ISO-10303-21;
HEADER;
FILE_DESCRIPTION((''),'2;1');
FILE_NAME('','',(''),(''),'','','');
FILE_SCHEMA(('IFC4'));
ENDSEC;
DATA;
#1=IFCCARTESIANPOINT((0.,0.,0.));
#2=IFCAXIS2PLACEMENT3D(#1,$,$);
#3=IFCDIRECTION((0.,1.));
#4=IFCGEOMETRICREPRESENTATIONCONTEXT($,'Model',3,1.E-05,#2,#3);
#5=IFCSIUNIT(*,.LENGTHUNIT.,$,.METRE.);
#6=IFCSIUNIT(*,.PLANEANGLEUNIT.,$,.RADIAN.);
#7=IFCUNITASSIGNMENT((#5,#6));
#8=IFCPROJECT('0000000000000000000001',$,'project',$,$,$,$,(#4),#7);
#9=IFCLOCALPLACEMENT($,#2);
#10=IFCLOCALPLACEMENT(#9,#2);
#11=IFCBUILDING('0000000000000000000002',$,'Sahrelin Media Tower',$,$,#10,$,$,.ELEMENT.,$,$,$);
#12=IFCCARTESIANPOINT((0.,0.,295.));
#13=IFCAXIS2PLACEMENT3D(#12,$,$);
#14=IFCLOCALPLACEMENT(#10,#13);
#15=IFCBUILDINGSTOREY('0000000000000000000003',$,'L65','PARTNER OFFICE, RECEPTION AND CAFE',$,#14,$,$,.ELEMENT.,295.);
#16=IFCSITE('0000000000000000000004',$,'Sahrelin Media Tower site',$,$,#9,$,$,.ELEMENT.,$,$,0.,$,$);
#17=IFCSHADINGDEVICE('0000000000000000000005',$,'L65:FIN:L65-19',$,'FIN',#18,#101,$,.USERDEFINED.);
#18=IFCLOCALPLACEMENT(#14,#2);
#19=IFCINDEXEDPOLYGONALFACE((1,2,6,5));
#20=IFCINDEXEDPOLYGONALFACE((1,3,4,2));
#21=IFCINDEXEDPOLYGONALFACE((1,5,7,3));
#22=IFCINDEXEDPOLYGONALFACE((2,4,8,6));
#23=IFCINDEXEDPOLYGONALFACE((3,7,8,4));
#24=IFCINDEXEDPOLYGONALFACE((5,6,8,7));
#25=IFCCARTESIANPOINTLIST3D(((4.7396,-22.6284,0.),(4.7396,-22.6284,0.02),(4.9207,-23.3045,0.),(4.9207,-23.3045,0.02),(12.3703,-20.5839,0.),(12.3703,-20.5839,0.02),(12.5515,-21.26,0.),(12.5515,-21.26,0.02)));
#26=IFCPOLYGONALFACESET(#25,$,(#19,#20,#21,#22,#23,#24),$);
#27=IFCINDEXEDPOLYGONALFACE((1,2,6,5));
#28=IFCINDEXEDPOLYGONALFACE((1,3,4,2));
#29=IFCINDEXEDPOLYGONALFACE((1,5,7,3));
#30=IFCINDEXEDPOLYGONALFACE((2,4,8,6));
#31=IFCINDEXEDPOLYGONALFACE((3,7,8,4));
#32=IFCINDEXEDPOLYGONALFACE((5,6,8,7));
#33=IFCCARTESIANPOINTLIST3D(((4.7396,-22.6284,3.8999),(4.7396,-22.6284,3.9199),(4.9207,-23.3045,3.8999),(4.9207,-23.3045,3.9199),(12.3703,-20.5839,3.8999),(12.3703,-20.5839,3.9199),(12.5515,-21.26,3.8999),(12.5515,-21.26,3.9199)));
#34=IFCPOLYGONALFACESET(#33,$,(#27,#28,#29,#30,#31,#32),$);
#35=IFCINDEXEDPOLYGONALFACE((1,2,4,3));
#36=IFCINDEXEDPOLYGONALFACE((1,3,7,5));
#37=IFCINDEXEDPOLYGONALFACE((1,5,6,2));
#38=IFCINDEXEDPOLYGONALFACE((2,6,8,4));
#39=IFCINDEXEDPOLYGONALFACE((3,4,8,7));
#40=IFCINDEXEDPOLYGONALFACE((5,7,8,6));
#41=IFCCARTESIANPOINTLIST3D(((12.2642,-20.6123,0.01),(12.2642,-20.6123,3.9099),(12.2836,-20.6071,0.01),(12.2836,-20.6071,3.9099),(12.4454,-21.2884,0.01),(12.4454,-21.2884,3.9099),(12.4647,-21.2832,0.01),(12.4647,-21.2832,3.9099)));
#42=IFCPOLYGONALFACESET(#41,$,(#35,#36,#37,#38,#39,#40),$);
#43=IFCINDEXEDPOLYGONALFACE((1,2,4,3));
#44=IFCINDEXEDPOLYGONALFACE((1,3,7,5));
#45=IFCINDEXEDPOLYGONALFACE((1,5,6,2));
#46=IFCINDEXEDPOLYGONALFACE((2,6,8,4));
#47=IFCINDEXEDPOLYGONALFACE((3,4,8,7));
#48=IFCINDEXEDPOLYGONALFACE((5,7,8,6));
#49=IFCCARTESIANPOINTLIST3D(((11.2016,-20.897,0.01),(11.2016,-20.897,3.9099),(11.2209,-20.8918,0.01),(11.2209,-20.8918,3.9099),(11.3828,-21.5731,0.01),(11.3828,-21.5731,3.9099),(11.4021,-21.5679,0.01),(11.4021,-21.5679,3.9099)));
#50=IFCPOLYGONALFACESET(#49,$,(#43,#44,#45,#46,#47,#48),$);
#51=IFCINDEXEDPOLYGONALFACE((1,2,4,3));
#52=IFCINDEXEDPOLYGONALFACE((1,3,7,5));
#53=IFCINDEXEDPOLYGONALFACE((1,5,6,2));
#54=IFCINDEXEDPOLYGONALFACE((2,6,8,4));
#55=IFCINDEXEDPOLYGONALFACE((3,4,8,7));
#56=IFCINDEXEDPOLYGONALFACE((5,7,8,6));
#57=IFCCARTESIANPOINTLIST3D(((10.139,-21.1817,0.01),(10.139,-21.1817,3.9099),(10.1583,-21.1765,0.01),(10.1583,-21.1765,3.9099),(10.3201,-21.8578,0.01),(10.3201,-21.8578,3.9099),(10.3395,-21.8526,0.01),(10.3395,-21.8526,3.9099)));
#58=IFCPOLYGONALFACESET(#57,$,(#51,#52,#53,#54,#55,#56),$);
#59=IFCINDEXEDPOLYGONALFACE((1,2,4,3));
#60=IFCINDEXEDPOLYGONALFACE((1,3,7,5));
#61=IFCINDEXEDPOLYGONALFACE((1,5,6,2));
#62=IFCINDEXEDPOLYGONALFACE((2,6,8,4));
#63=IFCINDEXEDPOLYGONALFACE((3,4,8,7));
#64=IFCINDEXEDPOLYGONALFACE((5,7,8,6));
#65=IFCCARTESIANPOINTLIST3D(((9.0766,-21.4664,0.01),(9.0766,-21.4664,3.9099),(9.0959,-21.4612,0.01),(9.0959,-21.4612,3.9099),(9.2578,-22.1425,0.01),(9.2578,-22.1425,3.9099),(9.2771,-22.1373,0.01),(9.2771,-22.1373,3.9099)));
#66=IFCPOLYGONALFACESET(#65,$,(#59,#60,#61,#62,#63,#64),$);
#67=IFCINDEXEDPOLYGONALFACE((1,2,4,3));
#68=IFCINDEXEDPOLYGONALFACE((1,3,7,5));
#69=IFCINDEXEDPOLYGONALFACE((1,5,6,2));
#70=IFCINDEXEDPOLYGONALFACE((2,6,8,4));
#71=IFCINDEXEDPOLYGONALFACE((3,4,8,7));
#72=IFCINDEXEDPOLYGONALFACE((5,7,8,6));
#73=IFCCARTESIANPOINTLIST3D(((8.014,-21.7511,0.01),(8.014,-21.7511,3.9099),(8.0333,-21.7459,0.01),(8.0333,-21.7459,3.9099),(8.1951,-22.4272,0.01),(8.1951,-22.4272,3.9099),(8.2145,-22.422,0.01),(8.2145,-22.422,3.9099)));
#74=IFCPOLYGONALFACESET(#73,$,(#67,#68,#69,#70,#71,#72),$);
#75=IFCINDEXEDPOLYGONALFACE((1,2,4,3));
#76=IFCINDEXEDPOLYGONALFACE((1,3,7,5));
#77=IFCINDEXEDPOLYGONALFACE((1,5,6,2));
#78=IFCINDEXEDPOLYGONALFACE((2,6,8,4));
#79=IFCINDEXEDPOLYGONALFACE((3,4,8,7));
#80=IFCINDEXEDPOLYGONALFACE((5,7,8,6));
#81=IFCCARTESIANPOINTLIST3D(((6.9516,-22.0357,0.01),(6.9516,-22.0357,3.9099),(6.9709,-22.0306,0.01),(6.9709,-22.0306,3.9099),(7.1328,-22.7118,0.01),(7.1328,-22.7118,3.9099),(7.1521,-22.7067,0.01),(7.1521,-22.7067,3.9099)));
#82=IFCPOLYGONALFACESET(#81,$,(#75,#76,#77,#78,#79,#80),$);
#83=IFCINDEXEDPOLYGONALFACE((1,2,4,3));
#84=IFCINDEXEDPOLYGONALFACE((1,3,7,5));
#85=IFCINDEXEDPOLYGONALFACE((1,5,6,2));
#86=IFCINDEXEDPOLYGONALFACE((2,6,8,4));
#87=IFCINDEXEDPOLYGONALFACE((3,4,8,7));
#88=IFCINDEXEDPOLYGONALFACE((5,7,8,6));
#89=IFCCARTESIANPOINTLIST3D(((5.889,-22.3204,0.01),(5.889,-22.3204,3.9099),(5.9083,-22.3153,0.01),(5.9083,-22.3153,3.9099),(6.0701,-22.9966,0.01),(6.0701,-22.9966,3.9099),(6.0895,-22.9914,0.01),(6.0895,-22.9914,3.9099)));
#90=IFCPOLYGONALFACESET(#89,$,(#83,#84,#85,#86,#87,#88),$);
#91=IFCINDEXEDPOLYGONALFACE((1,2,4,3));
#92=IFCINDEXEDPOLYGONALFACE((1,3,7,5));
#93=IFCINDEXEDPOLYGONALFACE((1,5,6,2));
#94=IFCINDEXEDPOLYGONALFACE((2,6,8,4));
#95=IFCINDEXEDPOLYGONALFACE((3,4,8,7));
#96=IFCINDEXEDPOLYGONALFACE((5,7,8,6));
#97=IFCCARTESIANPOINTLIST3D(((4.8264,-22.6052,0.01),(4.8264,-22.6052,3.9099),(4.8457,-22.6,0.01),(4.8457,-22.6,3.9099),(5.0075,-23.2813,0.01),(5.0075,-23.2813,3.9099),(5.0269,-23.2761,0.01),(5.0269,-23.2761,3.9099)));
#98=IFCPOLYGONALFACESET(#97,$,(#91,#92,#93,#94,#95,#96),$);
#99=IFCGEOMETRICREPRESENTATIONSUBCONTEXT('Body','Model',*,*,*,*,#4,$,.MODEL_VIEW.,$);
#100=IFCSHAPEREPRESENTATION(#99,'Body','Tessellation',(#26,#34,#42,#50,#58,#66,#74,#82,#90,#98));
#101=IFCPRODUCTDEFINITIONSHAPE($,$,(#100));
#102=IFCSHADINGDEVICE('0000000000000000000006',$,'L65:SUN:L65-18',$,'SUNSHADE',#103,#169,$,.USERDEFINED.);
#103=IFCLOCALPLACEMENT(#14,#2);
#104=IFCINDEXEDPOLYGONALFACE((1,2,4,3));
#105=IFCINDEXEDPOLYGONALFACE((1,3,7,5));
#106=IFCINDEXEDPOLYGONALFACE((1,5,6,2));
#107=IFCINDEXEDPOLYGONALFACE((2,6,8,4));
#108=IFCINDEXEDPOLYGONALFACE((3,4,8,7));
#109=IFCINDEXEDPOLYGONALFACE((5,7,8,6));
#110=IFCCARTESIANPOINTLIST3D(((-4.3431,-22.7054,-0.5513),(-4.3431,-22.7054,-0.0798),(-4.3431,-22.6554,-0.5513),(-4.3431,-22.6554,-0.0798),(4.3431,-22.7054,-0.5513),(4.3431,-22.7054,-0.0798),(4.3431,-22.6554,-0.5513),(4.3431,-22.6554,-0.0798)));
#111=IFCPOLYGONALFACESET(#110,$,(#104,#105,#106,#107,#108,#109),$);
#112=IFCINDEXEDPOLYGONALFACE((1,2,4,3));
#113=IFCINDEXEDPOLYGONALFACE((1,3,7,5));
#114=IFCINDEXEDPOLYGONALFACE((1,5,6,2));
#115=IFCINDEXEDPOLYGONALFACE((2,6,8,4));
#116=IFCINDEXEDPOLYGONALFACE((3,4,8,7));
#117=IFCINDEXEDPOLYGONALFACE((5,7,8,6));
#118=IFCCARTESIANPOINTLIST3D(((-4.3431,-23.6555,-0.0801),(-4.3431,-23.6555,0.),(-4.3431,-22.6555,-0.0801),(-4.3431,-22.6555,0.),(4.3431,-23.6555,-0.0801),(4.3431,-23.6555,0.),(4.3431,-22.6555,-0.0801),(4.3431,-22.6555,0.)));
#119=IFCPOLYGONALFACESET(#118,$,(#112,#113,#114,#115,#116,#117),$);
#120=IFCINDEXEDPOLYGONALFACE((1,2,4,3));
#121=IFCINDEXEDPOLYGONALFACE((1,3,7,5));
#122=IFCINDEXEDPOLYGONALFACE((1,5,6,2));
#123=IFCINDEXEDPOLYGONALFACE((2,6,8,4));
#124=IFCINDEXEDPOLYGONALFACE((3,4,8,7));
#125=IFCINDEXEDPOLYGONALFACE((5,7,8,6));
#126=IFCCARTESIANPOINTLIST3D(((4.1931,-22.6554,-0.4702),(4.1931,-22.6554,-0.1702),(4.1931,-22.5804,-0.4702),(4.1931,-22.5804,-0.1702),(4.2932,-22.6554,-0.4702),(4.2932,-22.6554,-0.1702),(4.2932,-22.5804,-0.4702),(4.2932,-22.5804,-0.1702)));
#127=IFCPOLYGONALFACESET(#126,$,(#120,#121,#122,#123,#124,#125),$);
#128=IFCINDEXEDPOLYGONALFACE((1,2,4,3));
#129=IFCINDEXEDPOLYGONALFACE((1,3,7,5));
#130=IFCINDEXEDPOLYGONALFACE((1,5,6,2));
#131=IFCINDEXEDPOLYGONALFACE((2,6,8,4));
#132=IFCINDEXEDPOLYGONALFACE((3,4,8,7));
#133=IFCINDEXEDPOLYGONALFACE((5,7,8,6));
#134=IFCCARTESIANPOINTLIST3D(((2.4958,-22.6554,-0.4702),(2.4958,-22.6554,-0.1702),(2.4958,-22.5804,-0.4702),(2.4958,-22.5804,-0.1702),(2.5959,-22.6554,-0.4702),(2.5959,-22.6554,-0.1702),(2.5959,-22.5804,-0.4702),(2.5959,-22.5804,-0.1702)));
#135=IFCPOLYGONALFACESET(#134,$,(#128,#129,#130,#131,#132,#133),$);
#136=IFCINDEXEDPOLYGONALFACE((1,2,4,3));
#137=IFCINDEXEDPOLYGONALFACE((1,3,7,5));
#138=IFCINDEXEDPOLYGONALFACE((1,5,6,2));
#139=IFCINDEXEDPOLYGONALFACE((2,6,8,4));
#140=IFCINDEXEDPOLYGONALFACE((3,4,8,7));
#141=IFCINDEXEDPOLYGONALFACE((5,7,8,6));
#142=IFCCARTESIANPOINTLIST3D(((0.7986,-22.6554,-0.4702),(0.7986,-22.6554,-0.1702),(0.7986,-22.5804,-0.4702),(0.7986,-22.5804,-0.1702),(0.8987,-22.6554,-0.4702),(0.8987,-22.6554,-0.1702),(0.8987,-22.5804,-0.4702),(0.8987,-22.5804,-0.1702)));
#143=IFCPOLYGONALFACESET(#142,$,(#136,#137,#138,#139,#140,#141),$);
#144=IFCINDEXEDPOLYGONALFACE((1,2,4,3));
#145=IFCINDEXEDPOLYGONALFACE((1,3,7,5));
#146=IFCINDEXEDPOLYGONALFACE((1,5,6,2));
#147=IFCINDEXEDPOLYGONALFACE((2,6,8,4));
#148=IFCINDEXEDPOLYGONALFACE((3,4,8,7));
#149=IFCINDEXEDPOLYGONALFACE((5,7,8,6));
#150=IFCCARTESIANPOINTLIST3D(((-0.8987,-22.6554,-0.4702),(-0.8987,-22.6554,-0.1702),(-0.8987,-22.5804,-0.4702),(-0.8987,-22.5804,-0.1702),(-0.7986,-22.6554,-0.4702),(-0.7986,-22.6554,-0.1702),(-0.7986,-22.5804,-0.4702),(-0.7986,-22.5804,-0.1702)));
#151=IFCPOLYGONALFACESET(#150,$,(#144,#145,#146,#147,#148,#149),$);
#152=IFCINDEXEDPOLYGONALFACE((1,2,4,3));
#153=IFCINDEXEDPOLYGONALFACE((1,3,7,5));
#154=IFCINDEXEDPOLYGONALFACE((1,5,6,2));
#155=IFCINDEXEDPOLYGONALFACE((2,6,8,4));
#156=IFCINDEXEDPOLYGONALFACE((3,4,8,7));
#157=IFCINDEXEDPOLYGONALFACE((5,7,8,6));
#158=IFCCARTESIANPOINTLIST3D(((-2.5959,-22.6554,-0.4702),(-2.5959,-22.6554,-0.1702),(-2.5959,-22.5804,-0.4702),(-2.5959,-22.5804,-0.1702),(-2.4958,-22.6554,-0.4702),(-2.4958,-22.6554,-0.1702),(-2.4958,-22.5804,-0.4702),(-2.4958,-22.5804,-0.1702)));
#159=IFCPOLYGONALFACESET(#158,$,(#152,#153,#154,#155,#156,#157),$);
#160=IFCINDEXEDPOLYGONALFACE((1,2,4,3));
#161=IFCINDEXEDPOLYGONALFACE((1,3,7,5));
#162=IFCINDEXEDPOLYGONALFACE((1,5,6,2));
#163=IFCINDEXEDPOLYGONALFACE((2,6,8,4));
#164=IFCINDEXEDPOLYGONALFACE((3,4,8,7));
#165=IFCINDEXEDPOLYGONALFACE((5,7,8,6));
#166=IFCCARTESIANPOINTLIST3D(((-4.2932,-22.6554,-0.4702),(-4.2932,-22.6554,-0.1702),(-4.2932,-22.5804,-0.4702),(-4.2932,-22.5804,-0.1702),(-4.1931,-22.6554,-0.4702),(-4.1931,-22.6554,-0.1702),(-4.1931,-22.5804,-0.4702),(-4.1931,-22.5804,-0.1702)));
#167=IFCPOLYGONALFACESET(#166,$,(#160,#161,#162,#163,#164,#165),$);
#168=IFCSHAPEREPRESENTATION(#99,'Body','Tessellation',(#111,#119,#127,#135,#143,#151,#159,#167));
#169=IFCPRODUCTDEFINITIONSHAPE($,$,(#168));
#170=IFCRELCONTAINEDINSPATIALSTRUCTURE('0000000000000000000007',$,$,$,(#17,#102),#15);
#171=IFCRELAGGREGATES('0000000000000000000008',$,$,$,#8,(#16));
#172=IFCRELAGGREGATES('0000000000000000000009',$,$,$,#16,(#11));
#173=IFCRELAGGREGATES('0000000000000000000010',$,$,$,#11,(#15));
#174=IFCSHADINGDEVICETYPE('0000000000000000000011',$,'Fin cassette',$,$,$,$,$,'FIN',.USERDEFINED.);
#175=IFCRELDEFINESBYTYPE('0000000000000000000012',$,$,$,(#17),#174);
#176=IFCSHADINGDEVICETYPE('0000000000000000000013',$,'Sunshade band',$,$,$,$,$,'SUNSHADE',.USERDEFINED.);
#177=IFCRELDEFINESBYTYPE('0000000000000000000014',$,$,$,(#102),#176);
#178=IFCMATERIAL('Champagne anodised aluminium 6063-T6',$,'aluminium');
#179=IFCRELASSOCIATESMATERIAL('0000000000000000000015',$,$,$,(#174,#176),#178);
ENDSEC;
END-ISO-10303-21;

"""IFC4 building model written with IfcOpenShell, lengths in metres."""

from ifc_helpers import new_model, si_unit, direction, frame, origin, origin_2d, place, context, subcontext, project, spatial, rectangle, extrude, material, type_object, element, save


model = new_model("IFC4")

# Units and contexts
model_context = context("Model", 3, precision=1e-05, world=origin(), true_north=direction((0.0, 1.0)))
body_context = subcontext(model_context, "Body", "Model", "MODEL_VIEW")
ifc_project = project(units=[si_unit("LENGTHUNIT", "METRE"), si_unit("PLANEANGLEUNIT", "RADIAN")], contexts=[model_context])

# Site, building, storey
site_placement = place(None, origin())
site = spatial("IfcSite", under=ifc_project, at=site_placement, Name="Sahrelin Media Tower site", CompositionType="ELEMENT", RefElevation=0.0)
building_placement = place(site_placement, origin())
building = spatial("IfcBuilding", under=site, at=building_placement, Name="Sahrelin Media Tower", CompositionType="ELEMENT")
storey_placement = place(building_placement, frame((0.0, 0.0, 295.0)))
storey = spatial("IfcBuildingStorey", under=building, at=storey_placement, Name="L65", Description="PARTNER OFFICE, RECEPTION AND CAFE", CompositionType="ELEMENT", Elevation=295.0)

# Shared definitions
ifc_material_1 = material(Name="Champagne anodised aluminium 6063-T6", Category="aluminium")

# Shading devices
shading_device_type_1 = type_object("IfcShadingDeviceType", Name="Fin cassette", ElementType="FIN", PredefinedType="USERDEFINED", material=ifc_material_1)
placement_1 = place(storey_placement, frame((0.0, -22.6355, 0.0), z_axis=(0.0, 0.0, 1.0), x_axis=(-1.0, 0.0, 0.0)))
placement_2 = place(storey_placement, frame((8.5369, -21.5386, 0.0), z_axis=(0.0, 0.0, 1.0), x_axis=(-0.965929, -0.258808, 0.0)))
element("IfcShadingDevice", 1, at=placement_2, inside=storey, type_object=shading_device_type_1, Name="L65:FIN:L65-19", ObjectType="FIN", PredefinedType="USERDEFINED", context=body_context, shape_type="SweptSolid", body=[
    extrude(rectangle(XDim=7.8999, YDim=0.7, at=origin_2d()), frame((0.0, 0.4199, 0.0)), (0.0, 0.0, 1.0), 0.02),
    extrude(rectangle(XDim=7.8999, YDim=0.7, at=origin_2d()), frame((0.0, 0.4199, 3.8999)), (0.0, 0.0, 1.0), 0.02),
    extrude(rectangle(XDim=0.02, YDim=0.7, at=origin_2d()), frame((-3.8501, 0.4199, 0.01), z_axis=(0.0, 0.0, 1.0), x_axis=(1.0, 0.0, 0.0)), (0.0, 0.0, 1.0), 3.8999),
    extrude(rectangle(XDim=0.02, YDim=0.7, at=origin_2d()), frame((-2.75, 0.4199, 0.01), z_axis=(0.0, 0.0, 1.0), x_axis=(1.0, 0.0, 0.0)), (0.0, 0.0, 1.0), 3.8999),
    extrude(rectangle(XDim=0.02, YDim=0.7, at=origin_2d()), frame((-1.6499, 0.4199, 0.01), z_axis=(0.0, 0.0, 1.0), x_axis=(1.0, 0.0, 0.0)), (0.0, 0.0, 1.0), 3.8999),
    extrude(rectangle(XDim=0.02, YDim=0.7, at=origin_2d()), frame((-0.55, 0.4199, 0.01), z_axis=(0.0, 0.0, 1.0), x_axis=(1.0, 0.0, 0.0)), (0.0, 0.0, 1.0), 3.8999),
    extrude(rectangle(XDim=0.02, YDim=0.7, at=origin_2d()), frame((0.55, 0.4199, 0.01), z_axis=(0.0, 0.0, 1.0), x_axis=(1.0, 0.0, 0.0)), (0.0, 0.0, 1.0), 3.8999),
    extrude(rectangle(XDim=0.02, YDim=0.7, at=origin_2d()), frame((1.6499, 0.4199, 0.01), z_axis=(0.0, 0.0, 1.0), x_axis=(1.0, 0.0, 0.0)), (0.0, 0.0, 1.0), 3.8999),
    extrude(rectangle(XDim=0.02, YDim=0.7, at=origin_2d()), frame((2.75, 0.4199, 0.01), z_axis=(0.0, 0.0, 1.0), x_axis=(1.0, 0.0, 0.0)), (0.0, 0.0, 1.0), 3.8999),
    extrude(rectangle(XDim=0.02, YDim=0.7, at=origin_2d()), frame((3.8501, 0.4199, 0.01), z_axis=(0.0, 0.0, 1.0), x_axis=(1.0, 0.0, 0.0)), (0.0, 0.0, 1.0), 3.8999),
])
shading_device_type_2 = type_object("IfcShadingDeviceType", Name="Sunshade band", ElementType="SUNSHADE", PredefinedType="USERDEFINED", material=ifc_material_1)
element("IfcShadingDevice", 2, at=placement_1, inside=storey, type_object=shading_device_type_2, Name="L65:SUN:L65-18", ObjectType="SUNSHADE", PredefinedType="USERDEFINED", context=body_context, shape_type="SweptSolid", body=[
    extrude(rectangle(XDim=8.6863, YDim=0.05, at=origin_2d()), frame((0.0, 0.0449, -0.5513)), (0.0, 0.0, 1.0), 0.4714),
    extrude(rectangle(XDim=8.6863, YDim=1.0, at=origin_2d()), frame((0.0, 0.52, -0.0801)), (0.0, 0.0, 1.0), 0.0801),
    extrude(rectangle(XDim=0.1001, YDim=0.075, at=origin_2d()), frame((-4.2432, -0.0176, -0.4702)), (0.0, 0.0, 1.0), 0.3),
    extrude(rectangle(XDim=0.1001, YDim=0.075, at=origin_2d()), frame((-2.5459, -0.0176, -0.4702)), (0.0, 0.0, 1.0), 0.3),
    extrude(rectangle(XDim=0.1001, YDim=0.075, at=origin_2d()), frame((-0.8486, -0.0176, -0.4702)), (0.0, 0.0, 1.0), 0.3),
    extrude(rectangle(XDim=0.1001, YDim=0.075, at=origin_2d()), frame((0.8486, -0.0176, -0.4702)), (0.0, 0.0, 1.0), 0.3),
    extrude(rectangle(XDim=0.1001, YDim=0.075, at=origin_2d()), frame((2.5459, -0.0176, -0.4702)), (0.0, 0.0, 1.0), 0.3),
    extrude(rectangle(XDim=0.1001, YDim=0.075, at=origin_2d()), frame((4.2432, -0.0176, -0.4702)), (0.0, 0.0, 1.0), 0.3),
])

save(model, "model.ifc")
